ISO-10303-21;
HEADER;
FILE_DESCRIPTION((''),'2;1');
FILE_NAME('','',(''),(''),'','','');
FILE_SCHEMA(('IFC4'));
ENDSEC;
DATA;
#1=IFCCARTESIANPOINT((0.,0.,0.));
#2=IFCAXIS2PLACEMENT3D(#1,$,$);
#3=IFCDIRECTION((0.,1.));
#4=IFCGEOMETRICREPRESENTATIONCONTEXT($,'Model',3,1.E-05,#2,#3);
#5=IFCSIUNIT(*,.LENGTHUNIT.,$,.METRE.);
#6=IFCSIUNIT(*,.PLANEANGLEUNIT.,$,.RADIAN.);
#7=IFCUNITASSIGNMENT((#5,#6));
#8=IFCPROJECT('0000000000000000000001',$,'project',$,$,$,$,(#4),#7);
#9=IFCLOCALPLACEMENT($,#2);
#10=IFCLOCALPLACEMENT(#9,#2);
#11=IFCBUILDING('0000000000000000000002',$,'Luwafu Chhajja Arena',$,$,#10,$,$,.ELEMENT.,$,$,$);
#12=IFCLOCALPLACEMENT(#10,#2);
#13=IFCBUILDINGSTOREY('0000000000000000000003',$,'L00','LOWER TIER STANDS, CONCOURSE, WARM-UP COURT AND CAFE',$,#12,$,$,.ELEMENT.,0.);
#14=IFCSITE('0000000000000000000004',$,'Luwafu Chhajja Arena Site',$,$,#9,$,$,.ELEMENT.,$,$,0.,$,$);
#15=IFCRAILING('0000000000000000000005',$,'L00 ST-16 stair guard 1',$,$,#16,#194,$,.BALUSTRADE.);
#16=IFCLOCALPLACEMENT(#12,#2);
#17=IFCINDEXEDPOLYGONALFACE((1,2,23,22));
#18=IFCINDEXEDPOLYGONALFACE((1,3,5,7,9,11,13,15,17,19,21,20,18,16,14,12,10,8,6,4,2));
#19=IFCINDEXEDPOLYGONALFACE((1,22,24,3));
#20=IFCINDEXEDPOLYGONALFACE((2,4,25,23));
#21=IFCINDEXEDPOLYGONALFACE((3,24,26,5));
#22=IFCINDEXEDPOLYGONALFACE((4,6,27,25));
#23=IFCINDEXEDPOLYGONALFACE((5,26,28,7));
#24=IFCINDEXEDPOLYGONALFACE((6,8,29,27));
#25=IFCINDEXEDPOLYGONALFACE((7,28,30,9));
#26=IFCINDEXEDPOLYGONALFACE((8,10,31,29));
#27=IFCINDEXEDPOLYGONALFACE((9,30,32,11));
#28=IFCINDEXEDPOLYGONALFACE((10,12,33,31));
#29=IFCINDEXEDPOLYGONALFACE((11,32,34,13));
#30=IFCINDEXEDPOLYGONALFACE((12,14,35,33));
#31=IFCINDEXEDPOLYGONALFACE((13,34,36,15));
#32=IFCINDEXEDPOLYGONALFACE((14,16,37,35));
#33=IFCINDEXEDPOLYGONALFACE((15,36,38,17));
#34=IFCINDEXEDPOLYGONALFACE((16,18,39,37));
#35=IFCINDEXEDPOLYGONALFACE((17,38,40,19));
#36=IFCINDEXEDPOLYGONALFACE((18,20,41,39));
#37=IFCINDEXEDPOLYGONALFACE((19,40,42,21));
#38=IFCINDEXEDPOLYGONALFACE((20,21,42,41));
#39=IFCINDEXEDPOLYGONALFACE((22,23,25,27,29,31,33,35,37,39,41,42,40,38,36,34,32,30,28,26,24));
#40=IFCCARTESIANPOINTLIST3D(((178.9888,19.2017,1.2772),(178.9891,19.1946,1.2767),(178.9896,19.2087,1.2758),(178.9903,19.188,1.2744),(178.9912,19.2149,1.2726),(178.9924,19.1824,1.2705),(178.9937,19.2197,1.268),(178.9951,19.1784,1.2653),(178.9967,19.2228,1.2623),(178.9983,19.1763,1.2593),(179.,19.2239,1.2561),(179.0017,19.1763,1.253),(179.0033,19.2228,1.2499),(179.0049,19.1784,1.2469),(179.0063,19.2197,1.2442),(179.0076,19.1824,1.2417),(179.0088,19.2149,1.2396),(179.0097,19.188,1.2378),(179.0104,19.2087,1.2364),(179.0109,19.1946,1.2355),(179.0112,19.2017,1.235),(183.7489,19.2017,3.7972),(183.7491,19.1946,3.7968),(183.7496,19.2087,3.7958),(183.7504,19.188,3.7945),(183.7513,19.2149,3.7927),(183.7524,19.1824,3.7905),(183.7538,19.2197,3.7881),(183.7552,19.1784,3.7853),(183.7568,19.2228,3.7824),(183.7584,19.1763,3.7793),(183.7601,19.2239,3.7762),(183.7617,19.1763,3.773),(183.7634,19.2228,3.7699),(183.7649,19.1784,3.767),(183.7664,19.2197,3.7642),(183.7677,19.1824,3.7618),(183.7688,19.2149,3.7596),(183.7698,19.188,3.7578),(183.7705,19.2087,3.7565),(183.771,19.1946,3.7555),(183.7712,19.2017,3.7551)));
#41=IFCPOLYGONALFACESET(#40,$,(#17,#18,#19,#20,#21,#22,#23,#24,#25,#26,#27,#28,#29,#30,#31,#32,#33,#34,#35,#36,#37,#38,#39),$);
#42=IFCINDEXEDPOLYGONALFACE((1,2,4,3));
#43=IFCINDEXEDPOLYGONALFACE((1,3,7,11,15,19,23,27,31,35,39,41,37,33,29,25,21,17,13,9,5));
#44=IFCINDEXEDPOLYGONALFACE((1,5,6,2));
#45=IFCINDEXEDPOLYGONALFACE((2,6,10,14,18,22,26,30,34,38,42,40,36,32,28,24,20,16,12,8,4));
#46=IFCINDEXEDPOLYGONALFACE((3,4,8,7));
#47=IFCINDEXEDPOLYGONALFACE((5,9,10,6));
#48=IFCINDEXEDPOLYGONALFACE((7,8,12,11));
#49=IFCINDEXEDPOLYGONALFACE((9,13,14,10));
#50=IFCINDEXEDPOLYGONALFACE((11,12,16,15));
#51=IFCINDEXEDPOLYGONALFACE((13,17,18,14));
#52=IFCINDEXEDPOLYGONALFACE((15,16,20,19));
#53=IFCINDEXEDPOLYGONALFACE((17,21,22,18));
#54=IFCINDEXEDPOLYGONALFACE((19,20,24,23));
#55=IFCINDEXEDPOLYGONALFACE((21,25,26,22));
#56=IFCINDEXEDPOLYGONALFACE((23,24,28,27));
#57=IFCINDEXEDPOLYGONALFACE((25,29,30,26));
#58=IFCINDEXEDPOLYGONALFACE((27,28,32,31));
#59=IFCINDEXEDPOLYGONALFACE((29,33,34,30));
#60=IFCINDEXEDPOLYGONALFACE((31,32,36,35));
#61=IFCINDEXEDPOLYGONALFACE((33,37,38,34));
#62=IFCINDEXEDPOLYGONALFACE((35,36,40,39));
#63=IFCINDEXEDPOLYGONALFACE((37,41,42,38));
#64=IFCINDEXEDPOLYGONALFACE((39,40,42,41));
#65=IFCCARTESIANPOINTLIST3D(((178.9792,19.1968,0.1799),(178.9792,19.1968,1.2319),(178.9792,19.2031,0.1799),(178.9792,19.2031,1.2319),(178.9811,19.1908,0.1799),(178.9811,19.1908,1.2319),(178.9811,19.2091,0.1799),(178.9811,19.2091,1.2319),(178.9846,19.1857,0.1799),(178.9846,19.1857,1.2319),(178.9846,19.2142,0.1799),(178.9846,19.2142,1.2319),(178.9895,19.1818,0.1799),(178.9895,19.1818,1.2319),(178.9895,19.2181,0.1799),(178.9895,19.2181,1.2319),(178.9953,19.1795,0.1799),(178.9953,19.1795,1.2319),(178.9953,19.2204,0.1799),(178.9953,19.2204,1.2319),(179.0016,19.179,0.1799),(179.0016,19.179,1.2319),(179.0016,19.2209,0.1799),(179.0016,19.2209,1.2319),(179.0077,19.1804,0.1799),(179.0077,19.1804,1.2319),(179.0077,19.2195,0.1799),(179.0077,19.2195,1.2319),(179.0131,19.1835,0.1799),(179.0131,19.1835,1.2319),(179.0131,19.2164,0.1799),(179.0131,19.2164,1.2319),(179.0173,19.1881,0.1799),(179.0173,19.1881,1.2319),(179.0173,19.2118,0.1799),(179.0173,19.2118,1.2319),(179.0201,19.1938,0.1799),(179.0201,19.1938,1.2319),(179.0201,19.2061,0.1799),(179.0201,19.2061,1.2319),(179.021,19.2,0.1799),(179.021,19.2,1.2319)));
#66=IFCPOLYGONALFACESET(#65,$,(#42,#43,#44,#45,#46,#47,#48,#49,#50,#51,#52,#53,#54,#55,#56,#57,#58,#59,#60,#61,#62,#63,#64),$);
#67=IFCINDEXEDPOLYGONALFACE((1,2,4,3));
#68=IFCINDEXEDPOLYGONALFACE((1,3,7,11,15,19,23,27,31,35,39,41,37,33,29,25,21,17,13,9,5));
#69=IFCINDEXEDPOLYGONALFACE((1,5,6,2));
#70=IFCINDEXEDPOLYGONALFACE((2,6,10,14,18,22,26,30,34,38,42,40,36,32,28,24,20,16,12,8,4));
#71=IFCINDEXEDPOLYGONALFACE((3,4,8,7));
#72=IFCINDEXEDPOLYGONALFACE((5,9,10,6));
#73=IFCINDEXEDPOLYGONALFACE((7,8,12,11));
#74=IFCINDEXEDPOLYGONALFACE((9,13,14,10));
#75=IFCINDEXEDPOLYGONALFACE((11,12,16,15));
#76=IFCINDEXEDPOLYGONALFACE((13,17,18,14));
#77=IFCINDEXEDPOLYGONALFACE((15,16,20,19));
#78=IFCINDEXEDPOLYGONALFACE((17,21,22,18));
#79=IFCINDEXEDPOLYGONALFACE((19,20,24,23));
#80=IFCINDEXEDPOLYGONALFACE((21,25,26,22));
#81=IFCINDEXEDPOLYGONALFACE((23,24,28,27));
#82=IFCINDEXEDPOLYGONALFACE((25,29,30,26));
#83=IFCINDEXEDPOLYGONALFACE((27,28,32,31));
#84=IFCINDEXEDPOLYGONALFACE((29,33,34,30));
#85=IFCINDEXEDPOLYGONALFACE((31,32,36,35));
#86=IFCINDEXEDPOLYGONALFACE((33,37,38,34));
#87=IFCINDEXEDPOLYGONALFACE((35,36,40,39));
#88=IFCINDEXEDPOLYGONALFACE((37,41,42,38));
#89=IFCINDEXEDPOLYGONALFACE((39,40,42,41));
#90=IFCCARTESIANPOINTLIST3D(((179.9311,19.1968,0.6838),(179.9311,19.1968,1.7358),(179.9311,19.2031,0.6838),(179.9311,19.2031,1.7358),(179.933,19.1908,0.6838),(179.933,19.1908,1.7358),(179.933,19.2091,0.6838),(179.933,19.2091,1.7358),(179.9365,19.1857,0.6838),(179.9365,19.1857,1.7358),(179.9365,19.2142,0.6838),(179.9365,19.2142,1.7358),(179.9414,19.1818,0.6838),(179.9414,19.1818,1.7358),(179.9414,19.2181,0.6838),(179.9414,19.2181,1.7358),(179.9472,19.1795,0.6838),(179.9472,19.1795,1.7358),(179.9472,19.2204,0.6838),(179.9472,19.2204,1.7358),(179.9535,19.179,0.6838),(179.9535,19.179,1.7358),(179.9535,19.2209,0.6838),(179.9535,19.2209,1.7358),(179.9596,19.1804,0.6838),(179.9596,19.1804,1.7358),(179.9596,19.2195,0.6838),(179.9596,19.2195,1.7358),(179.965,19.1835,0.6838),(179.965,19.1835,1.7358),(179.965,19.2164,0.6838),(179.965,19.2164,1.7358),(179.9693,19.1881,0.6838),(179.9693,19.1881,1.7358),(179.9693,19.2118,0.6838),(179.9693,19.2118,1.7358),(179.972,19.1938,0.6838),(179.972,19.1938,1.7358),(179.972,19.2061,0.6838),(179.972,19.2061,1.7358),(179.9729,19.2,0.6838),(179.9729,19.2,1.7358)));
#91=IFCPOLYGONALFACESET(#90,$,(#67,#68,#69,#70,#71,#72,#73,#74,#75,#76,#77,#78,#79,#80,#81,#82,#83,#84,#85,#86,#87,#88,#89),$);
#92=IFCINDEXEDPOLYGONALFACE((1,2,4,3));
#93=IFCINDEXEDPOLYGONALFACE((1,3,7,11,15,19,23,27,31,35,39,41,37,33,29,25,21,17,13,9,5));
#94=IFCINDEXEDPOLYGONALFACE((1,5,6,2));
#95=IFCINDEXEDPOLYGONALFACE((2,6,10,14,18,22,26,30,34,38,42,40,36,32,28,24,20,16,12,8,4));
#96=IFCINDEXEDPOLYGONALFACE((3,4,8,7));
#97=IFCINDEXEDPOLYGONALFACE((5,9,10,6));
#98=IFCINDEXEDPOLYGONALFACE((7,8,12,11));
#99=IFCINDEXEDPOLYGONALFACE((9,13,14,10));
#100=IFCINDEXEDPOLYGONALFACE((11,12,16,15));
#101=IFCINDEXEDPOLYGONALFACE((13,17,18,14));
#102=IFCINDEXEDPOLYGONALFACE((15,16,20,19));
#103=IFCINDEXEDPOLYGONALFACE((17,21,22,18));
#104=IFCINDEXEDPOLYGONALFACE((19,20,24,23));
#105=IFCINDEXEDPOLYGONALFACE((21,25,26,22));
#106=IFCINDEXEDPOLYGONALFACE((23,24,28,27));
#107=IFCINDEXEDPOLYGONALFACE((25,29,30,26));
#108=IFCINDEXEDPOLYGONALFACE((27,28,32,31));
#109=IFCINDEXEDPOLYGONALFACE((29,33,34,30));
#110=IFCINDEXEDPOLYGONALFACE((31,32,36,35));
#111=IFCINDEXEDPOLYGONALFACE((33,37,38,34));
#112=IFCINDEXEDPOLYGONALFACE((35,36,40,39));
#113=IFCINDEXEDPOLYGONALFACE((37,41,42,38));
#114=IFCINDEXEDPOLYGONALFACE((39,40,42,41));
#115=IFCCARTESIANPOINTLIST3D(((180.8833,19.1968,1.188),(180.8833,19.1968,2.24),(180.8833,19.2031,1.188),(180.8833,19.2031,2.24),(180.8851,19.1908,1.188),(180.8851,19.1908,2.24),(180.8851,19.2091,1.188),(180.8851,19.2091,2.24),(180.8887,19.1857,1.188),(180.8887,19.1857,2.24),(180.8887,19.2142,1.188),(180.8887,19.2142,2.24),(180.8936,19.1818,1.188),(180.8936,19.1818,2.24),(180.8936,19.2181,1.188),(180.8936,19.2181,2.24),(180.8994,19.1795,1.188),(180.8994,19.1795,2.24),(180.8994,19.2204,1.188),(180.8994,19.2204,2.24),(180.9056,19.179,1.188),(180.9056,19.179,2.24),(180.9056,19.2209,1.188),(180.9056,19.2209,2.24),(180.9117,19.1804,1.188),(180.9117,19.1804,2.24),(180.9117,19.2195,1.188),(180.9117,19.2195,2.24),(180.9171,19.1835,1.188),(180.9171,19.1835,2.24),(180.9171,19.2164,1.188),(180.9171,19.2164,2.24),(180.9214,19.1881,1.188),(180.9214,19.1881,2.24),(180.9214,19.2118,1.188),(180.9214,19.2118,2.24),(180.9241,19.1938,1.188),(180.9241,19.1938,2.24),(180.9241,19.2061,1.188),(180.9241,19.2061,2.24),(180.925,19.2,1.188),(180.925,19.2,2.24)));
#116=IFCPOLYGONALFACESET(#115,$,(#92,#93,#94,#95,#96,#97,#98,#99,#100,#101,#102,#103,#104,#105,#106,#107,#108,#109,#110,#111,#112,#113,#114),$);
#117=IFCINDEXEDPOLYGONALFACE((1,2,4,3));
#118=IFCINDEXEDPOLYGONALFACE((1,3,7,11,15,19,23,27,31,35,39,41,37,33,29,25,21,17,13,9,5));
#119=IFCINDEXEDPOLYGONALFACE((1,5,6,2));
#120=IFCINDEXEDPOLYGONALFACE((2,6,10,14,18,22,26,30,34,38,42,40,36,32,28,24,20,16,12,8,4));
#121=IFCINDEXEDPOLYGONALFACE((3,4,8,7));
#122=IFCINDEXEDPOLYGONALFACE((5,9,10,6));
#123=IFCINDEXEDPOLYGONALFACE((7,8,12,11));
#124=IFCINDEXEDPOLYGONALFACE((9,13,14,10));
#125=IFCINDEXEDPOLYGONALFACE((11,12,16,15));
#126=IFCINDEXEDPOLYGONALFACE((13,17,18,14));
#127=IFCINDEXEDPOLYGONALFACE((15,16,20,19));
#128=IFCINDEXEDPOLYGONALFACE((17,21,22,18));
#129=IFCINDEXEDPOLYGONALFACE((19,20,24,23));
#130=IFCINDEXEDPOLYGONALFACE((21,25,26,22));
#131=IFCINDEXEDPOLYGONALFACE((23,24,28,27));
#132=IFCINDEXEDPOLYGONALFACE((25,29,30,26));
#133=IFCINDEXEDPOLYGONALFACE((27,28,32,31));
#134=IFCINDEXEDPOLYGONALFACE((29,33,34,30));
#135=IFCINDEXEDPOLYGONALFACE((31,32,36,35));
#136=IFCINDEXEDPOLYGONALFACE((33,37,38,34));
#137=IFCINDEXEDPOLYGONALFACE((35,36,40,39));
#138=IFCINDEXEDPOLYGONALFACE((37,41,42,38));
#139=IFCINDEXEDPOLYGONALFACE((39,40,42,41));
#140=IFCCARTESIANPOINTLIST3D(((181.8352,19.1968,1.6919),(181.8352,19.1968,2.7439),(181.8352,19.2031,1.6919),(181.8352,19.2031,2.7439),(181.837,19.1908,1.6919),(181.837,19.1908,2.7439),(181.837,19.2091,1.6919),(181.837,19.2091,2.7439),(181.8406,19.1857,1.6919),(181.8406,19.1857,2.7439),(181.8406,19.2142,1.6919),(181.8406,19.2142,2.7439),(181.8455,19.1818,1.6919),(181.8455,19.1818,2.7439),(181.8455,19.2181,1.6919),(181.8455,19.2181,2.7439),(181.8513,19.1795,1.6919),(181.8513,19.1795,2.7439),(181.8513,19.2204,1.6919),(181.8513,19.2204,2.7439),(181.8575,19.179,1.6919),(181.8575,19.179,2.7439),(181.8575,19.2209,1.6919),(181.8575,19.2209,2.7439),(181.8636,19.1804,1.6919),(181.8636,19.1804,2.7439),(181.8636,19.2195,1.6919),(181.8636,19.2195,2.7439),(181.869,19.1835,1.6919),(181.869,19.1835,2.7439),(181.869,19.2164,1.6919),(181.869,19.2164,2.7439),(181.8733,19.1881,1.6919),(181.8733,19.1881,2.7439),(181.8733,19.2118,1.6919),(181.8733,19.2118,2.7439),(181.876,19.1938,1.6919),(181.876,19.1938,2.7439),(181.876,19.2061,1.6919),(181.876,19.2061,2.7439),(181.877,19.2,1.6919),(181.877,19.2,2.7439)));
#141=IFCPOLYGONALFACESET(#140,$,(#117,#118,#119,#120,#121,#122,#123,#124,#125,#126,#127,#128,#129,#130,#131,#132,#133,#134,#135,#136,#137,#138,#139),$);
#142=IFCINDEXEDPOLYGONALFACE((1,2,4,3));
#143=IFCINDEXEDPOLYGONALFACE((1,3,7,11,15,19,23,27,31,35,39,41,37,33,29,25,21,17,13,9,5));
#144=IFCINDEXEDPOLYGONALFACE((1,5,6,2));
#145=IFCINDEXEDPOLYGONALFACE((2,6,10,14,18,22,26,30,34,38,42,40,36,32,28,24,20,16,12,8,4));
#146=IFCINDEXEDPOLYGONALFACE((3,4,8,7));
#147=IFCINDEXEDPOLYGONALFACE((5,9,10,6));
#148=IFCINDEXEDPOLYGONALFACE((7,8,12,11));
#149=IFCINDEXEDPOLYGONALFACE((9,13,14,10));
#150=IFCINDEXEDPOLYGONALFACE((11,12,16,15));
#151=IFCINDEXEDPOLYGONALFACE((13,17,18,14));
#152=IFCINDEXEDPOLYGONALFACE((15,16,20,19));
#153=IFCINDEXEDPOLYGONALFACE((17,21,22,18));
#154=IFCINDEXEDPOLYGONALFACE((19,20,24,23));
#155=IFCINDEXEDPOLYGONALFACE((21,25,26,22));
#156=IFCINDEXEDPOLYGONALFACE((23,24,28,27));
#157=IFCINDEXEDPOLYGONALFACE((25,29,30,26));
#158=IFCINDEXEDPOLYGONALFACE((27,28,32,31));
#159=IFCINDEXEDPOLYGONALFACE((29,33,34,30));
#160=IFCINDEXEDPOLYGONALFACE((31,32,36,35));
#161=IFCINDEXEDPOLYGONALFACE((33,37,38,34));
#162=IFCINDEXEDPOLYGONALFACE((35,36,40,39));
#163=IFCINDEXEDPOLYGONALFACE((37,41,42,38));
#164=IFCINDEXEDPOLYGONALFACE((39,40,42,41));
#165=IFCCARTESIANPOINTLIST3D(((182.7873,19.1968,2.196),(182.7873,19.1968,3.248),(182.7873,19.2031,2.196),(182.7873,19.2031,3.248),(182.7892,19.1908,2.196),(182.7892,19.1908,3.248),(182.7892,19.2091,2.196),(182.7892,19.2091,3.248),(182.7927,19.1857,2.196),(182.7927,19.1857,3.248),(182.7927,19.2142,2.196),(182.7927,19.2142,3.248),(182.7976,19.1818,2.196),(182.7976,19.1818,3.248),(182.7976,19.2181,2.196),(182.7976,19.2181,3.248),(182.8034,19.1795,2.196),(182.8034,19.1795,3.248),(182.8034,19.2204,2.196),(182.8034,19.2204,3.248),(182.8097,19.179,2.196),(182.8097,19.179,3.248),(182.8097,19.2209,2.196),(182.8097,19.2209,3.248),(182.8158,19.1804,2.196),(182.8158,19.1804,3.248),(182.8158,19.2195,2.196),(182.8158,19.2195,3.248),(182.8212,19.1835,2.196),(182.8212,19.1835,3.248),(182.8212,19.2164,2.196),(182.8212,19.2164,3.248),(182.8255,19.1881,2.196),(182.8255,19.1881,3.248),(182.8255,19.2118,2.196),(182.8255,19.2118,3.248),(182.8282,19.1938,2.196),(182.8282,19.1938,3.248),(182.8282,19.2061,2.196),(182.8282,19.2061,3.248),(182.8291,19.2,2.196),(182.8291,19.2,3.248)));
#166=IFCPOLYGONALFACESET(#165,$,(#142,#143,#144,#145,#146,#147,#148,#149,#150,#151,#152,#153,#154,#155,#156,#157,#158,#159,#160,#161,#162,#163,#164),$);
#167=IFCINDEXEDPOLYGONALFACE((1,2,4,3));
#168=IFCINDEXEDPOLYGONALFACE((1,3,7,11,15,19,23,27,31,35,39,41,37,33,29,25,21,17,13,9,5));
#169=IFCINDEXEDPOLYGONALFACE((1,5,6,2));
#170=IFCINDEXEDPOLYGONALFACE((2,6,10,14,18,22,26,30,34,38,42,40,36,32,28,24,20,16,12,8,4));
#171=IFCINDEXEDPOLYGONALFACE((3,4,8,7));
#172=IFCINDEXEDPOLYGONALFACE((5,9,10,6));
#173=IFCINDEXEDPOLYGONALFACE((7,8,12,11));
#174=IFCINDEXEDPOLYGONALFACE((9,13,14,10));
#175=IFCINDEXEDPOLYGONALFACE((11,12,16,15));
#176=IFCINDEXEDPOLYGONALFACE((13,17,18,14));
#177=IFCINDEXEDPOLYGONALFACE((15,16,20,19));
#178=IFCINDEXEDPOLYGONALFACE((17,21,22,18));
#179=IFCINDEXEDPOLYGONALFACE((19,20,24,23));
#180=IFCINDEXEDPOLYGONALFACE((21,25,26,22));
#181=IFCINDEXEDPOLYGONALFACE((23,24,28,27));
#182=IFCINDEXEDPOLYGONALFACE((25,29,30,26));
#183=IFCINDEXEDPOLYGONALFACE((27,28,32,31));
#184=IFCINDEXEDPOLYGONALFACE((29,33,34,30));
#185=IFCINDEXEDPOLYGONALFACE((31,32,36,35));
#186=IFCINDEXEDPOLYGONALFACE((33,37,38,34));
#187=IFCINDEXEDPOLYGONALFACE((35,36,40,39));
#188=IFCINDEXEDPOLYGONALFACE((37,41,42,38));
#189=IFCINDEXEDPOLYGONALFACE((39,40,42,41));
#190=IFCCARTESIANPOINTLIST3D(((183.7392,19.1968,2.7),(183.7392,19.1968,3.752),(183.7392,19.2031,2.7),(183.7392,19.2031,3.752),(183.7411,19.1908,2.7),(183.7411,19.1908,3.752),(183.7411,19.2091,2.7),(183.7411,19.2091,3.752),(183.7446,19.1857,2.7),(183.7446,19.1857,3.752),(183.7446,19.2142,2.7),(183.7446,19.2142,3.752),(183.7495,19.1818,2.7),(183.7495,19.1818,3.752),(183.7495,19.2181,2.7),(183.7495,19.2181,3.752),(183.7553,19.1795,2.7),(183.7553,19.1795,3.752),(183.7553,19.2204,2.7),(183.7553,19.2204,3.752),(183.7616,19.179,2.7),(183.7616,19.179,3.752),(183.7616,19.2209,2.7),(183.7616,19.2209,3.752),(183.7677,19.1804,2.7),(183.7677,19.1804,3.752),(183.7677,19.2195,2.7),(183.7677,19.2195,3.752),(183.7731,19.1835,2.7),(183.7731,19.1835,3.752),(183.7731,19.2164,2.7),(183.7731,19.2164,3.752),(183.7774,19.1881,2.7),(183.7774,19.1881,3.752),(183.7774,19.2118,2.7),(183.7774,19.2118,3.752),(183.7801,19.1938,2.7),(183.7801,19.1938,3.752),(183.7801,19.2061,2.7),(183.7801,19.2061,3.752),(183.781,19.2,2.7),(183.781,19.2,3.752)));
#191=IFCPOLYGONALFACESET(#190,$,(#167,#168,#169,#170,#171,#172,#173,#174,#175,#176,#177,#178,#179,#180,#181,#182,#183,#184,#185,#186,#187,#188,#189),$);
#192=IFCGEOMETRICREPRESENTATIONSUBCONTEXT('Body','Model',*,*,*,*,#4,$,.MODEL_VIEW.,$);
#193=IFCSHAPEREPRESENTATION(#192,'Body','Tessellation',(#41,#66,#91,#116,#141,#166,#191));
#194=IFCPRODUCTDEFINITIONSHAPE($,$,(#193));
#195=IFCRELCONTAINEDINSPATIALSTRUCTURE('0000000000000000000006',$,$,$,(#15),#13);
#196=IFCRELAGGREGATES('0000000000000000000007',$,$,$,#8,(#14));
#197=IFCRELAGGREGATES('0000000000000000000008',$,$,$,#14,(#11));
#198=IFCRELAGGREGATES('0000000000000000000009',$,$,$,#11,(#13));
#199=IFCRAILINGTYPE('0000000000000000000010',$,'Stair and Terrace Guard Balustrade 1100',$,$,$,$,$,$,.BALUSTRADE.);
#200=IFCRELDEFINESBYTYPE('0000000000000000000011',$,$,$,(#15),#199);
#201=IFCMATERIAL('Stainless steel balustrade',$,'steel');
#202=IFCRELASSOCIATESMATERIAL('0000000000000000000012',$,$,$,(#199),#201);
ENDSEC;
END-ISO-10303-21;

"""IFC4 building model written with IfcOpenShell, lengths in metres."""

from ifc_helpers import new_model, si_unit, direction, frame, origin, origin_2d, place, context, subcontext, project, spatial, circle, extrude, material, type_object, element, save


model = new_model("IFC4")

# Units and contexts
model_context = context("Model", 3, precision=1e-05, world=origin(), true_north=direction((0.0, 1.0)))
body_context = subcontext(model_context, "Body", "Model", "MODEL_VIEW")
ifc_project = project(units=[si_unit("LENGTHUNIT", "METRE"), si_unit("PLANEANGLEUNIT", "RADIAN")], contexts=[model_context])

# Site, building, storey
site_placement = place(None, origin())
site = spatial("IfcSite", under=ifc_project, at=site_placement, Name="Luwafu Chhajja Arena Site", CompositionType="ELEMENT", RefElevation=0.0)
building_placement = place(site_placement, origin())
building = spatial("IfcBuilding", under=site, at=building_placement, Name="Luwafu Chhajja Arena", CompositionType="ELEMENT")
storey_placement = place(building_placement, origin())
storey = spatial("IfcBuildingStorey", under=building, at=storey_placement, Name="L00", Description="LOWER TIER STANDS, CONCOURSE, WARM-UP COURT AND CAFE", CompositionType="ELEMENT", Elevation=0.0)

# Railing
ifc_material_1 = material(Name="Stainless steel balustrade", Category="steel")
railing_type_1 = type_object("IfcRailingType", Name="Stair and Terrace Guard Balustrade 1100", PredefinedType="BALUSTRADE", material=ifc_material_1)
railing_1_placement = place(storey_placement, frame((179.0, 19.2, 0.1799)))
element("IfcRailing", 1, at=railing_1_placement, inside=storey, type_object=railing_type_1, Name="L00 ST-16 stair guard 1", PredefinedType="BALUSTRADE", context=body_context, shape_type="SweptSolid", body=[
    extrude(circle(Radius=0.0239, at=origin_2d()), frame((0.0, 0.0, 1.0762), z_axis=(0.883787, 0.0, 0.46789), x_axis=(0.0, 1.0, 0.0)), (0.0, 0.0, 1.0), 5.386),
    extrude(circle(Radius=0.021, at=origin_2d()), origin(), (0.0, 0.0, 1.0), 1.052),
    extrude(circle(Radius=0.021, at=origin_2d()), frame((0.9519, 0.0, 0.5039)), (0.0, 0.0, 1.0), 1.052),
    extrude(circle(Radius=0.021, at=origin_2d()), frame((1.9041, 0.0, 1.0081)), (0.0, 0.0, 1.0), 1.052),
    extrude(circle(Radius=0.021, at=origin_2d()), frame((2.856, 0.0, 1.512)), (0.0, 0.0, 1.0), 1.052),
    extrude(circle(Radius=0.021, at=origin_2d()), frame((3.8081, 0.0, 2.0161)), (0.0, 0.0, 1.0), 1.052),
    extrude(circle(Radius=0.021, at=origin_2d()), frame((4.76, 0.0, 2.52)), (0.0, 0.0, 1.0), 1.052),
])

save(model, "model.ifc")
